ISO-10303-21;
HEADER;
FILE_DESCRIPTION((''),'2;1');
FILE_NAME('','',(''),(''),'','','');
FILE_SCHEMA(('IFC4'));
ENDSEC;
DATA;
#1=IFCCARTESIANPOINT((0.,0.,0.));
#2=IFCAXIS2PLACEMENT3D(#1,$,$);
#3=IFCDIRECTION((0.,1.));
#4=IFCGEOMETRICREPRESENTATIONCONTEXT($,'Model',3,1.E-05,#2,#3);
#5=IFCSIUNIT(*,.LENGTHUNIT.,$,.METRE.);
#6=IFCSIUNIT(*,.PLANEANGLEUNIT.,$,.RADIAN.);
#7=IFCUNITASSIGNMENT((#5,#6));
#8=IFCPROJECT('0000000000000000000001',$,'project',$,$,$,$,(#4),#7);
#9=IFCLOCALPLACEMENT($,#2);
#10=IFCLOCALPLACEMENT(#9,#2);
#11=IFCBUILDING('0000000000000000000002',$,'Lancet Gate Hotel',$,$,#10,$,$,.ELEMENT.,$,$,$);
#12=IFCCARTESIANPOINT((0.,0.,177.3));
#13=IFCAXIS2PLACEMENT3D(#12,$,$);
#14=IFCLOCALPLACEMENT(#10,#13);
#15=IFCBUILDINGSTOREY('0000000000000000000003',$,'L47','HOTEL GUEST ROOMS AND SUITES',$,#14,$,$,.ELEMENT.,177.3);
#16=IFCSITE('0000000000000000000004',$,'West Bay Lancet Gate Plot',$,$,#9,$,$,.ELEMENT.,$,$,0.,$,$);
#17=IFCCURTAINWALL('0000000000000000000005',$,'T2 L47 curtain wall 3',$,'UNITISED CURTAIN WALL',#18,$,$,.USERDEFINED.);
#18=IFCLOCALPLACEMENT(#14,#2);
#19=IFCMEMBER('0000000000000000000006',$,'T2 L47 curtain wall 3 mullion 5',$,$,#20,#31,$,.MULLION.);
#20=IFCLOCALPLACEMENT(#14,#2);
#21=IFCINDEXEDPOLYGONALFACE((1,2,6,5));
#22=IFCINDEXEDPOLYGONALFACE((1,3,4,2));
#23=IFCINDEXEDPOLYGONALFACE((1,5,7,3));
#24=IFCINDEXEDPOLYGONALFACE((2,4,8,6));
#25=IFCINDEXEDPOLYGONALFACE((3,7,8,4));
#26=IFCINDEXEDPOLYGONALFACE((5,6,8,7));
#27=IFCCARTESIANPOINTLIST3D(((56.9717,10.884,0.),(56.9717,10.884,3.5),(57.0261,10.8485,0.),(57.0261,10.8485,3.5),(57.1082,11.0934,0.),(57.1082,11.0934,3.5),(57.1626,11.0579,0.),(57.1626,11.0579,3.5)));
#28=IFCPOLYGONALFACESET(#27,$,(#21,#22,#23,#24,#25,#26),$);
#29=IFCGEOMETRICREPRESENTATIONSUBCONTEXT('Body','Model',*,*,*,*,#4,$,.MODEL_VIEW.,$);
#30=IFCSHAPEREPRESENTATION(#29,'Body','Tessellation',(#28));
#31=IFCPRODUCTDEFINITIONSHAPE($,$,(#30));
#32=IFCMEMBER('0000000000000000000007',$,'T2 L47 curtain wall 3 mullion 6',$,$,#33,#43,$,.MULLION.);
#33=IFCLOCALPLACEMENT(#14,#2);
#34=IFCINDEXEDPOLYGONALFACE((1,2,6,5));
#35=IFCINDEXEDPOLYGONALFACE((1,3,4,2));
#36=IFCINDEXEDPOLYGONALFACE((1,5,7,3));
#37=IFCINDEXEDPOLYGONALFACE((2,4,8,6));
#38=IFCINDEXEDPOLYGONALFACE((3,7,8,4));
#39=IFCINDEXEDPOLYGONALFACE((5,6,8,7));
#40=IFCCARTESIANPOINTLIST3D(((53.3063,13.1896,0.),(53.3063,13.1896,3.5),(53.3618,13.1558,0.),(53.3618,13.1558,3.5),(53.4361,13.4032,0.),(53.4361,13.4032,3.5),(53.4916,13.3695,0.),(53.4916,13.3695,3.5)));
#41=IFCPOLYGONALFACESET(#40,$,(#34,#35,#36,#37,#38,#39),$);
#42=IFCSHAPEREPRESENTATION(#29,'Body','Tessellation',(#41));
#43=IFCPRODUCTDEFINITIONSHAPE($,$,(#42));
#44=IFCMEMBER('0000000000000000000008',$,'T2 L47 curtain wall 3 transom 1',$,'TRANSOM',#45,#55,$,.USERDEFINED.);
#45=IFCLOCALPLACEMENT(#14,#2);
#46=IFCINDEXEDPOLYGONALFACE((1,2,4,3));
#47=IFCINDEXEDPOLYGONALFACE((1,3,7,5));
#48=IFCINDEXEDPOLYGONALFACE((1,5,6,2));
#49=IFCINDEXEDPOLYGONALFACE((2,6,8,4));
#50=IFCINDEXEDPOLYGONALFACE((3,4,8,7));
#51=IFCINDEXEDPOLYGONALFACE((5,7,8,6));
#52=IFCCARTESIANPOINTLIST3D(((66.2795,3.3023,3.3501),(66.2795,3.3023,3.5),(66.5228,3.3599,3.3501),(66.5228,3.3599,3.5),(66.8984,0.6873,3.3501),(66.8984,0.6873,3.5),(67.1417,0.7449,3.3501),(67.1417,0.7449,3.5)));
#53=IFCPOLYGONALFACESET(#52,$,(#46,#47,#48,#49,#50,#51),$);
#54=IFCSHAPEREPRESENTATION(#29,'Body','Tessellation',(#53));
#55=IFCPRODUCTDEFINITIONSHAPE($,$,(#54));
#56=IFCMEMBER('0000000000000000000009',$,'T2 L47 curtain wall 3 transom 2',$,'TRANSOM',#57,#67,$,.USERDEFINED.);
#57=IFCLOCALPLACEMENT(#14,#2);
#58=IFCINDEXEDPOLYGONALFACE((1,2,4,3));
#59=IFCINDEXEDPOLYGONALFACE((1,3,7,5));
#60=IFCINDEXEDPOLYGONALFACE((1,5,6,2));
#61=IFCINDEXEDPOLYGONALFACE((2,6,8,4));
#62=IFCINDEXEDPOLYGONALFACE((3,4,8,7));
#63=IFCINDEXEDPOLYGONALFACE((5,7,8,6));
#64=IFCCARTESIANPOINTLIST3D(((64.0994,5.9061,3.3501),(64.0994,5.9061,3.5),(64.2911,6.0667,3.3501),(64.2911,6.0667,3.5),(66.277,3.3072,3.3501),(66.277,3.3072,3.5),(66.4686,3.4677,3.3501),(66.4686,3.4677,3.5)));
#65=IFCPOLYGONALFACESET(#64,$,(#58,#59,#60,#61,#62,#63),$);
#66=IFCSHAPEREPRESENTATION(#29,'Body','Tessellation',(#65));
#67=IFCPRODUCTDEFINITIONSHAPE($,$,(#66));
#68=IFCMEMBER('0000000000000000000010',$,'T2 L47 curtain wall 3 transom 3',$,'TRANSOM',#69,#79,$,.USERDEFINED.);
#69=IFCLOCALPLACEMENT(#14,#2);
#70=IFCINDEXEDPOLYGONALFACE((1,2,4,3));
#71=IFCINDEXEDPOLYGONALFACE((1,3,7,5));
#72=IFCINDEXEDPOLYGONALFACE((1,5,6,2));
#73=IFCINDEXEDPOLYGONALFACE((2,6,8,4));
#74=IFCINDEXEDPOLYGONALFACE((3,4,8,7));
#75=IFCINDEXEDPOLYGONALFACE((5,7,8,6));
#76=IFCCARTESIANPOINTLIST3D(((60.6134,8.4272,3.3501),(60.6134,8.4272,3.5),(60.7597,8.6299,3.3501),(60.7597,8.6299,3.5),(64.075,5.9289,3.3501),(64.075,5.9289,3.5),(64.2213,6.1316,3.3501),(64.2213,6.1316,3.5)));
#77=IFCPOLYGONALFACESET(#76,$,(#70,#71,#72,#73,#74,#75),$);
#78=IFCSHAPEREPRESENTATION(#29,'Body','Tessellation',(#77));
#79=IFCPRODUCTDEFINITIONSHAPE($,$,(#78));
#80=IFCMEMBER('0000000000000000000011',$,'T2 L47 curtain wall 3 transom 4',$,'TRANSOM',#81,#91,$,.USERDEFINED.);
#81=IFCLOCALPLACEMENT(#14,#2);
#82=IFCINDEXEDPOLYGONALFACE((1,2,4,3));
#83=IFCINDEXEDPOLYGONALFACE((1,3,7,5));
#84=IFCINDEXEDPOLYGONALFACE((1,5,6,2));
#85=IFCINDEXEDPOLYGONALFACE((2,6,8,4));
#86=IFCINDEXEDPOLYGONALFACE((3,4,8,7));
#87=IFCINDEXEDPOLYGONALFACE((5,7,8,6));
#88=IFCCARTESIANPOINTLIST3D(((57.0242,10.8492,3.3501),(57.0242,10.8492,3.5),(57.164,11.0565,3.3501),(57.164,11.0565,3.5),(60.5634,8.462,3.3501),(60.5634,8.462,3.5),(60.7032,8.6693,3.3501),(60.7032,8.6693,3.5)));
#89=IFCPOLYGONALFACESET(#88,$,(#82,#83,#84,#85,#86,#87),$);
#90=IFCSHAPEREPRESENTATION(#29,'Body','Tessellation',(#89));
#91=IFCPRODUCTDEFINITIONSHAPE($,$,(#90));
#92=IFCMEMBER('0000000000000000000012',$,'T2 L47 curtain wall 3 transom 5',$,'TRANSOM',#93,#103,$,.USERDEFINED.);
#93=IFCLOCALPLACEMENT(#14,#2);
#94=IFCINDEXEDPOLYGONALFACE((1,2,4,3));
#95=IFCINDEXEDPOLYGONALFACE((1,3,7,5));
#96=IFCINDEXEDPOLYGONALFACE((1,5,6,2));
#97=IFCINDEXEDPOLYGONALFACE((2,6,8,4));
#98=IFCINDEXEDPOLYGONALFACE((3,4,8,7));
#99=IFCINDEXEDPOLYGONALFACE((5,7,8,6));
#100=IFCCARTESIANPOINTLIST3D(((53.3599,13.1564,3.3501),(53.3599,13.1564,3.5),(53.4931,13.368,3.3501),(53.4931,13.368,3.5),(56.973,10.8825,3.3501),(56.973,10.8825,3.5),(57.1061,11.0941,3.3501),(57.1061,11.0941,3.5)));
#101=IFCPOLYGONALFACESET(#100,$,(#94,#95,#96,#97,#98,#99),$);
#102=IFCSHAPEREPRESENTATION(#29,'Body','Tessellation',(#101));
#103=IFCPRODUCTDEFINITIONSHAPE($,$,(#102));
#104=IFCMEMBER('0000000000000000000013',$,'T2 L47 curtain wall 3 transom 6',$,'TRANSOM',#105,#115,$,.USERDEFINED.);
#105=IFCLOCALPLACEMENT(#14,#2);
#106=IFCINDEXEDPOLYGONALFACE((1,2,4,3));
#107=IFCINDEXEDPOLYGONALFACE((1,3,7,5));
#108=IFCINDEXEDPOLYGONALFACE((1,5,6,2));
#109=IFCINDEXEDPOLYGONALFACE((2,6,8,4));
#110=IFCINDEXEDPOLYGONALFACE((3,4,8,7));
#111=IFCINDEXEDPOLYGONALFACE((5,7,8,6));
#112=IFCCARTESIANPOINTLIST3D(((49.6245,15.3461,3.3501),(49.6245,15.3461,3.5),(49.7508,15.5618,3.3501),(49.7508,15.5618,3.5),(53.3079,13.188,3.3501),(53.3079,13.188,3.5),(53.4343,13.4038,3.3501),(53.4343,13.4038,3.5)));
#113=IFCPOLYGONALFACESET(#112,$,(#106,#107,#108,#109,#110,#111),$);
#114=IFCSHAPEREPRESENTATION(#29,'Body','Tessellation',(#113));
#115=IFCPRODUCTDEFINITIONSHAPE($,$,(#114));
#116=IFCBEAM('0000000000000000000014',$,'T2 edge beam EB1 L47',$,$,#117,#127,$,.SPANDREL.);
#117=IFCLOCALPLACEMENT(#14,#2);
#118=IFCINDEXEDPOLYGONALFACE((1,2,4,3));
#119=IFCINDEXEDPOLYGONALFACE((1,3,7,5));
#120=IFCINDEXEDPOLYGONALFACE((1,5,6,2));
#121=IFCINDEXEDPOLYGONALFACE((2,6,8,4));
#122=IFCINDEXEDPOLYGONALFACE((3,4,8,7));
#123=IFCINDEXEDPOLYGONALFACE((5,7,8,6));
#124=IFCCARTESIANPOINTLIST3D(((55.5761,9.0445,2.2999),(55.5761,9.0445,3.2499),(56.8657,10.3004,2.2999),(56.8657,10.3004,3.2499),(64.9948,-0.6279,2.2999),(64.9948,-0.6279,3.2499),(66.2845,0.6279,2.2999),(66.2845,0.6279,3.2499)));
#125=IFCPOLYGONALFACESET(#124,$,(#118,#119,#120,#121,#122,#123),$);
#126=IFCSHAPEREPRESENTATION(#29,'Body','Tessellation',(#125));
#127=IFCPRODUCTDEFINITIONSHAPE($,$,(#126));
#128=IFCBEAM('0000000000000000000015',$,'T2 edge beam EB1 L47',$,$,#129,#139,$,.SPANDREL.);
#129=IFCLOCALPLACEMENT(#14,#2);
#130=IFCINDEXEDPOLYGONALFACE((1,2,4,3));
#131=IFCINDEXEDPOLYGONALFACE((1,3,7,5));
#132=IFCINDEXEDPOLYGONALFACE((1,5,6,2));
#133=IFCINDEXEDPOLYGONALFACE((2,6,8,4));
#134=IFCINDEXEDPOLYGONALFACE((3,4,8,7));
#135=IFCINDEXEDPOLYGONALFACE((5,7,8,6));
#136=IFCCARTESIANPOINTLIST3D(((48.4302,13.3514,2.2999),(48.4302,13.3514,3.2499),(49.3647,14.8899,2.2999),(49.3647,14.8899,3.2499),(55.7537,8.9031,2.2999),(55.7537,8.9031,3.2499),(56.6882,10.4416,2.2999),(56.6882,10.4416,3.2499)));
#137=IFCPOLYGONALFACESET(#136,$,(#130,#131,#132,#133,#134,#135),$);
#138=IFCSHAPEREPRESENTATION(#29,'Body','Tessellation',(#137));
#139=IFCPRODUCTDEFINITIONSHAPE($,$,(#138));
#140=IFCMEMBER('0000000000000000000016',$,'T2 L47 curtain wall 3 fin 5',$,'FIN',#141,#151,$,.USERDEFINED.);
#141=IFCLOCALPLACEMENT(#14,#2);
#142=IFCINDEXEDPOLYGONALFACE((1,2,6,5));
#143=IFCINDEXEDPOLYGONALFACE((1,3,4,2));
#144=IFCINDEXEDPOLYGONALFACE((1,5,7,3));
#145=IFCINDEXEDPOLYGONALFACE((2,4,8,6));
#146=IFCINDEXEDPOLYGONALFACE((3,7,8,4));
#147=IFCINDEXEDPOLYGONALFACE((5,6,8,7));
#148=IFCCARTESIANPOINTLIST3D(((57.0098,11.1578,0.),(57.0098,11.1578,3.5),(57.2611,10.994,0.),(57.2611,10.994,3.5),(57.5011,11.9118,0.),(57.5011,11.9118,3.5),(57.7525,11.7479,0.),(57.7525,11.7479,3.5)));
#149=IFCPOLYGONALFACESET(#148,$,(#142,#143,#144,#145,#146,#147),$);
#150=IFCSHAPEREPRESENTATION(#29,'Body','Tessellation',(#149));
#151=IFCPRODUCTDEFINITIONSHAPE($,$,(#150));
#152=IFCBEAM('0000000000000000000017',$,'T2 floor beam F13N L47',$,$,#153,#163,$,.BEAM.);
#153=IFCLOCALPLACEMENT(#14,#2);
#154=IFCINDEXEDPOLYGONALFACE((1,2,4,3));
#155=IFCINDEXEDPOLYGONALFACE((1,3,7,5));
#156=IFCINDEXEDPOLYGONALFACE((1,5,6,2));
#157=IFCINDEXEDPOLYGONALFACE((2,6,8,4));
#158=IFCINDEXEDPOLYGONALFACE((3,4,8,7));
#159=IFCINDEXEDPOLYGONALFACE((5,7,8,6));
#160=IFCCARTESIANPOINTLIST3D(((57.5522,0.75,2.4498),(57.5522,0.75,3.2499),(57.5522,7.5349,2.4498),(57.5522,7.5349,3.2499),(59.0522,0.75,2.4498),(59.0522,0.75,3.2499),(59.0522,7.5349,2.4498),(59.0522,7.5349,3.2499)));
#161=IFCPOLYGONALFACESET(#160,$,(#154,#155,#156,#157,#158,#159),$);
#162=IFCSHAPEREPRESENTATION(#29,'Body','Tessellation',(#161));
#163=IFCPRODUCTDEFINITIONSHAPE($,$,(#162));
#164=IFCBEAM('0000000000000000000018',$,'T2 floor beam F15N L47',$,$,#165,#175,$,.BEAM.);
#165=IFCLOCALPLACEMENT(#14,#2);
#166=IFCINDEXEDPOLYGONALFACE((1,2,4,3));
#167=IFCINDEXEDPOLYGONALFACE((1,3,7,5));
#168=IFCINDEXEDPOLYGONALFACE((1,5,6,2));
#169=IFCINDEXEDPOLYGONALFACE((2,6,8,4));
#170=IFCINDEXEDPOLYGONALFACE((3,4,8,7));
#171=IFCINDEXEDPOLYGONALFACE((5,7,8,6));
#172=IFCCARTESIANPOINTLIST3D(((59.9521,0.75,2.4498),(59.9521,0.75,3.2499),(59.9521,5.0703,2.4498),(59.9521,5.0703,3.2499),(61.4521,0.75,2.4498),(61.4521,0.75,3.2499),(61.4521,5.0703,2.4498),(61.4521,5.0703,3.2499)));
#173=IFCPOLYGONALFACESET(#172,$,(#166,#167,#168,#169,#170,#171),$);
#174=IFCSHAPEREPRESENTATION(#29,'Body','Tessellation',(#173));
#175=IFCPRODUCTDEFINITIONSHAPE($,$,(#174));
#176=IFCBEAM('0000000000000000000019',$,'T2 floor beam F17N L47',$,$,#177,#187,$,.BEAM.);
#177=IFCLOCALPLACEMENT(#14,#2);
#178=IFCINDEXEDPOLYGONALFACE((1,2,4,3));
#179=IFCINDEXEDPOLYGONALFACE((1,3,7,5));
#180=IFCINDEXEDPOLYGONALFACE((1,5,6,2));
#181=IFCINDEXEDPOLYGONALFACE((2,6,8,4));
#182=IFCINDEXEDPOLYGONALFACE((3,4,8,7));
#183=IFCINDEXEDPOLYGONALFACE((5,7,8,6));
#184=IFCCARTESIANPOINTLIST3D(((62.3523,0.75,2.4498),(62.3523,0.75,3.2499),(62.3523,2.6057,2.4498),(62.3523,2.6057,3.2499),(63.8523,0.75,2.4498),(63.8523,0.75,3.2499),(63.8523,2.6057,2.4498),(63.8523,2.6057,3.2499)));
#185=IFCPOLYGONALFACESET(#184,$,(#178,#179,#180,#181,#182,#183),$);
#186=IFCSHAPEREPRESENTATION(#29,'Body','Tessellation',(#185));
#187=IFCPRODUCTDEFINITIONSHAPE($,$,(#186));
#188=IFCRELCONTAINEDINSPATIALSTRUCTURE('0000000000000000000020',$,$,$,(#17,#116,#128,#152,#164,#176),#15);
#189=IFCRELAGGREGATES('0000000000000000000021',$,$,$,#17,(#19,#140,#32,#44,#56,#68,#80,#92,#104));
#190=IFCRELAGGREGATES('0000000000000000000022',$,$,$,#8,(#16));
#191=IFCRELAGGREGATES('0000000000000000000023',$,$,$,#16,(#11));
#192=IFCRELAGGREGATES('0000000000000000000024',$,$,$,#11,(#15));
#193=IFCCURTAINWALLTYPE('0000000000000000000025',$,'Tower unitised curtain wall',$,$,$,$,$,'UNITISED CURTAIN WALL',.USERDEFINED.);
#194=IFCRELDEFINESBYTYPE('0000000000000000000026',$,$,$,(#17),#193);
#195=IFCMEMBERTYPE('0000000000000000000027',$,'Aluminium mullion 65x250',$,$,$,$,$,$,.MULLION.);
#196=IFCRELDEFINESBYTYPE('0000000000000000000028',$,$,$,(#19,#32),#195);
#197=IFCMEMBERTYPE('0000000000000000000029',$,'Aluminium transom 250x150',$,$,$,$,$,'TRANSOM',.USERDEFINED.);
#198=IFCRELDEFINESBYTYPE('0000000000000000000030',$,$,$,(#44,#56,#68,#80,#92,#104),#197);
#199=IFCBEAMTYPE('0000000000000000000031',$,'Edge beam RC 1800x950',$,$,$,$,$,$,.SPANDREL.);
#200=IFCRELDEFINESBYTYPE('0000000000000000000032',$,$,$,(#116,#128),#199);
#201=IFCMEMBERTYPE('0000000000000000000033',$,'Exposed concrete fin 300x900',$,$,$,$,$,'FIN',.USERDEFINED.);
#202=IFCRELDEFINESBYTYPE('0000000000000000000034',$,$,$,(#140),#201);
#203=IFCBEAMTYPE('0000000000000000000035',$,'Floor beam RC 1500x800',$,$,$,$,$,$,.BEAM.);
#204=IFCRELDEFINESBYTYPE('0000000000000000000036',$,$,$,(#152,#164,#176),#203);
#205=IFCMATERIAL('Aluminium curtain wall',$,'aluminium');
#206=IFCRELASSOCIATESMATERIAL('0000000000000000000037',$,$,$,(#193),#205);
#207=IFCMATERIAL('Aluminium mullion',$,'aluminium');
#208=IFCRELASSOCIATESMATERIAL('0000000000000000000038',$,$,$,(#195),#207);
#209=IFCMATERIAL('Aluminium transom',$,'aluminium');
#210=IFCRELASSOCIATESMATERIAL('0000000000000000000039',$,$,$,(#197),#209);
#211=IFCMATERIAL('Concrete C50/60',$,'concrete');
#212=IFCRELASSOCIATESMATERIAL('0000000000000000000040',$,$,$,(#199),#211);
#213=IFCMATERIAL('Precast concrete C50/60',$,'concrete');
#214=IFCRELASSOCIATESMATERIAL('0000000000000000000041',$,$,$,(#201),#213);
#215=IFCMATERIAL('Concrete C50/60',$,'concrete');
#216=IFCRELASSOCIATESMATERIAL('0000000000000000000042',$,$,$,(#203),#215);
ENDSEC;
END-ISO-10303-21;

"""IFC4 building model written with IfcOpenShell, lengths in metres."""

from ifc_helpers import new_model, si_unit, direction, frame, origin, origin_2d, place, context, subcontext, project, spatial, rectangle, extrude, material, material_profile, profile_set, type_object, element, aggregate, save


model = new_model("IFC4")

# Units and contexts
model_context = context("Model", 3, precision=1e-05, world=origin(), true_north=direction((0.0, 1.0)))
body_context = subcontext(model_context, "Body", "Model", "MODEL_VIEW")
ifc_project = project(units=[si_unit("LENGTHUNIT", "METRE"), si_unit("PLANEANGLEUNIT", "RADIAN")], contexts=[model_context])

# Site, building, storey
site_placement = place(None, origin())
site = spatial("IfcSite", under=ifc_project, at=site_placement, Name="West Bay Lancet Gate Plot", CompositionType="ELEMENT", RefElevation=0.0)
building_placement = place(site_placement, origin())
building = spatial("IfcBuilding", under=site, at=building_placement, Name="Lancet Gate Hotel", CompositionType="ELEMENT")
storey_placement = place(building_placement, frame((0.0, 0.0, 177.3)))
storey = spatial("IfcBuildingStorey", under=building, at=storey_placement, Name="L47", Description="HOTEL GUEST ROOMS AND SUITES", CompositionType="ELEMENT", Elevation=177.3)

# Curtain wall, members
ifc_material_1 = material(Name="Aluminium curtain wall", Category="aluminium")
curtain_wall_type = type_object("IfcCurtainWallType", Name="Tower unitised curtain wall", ElementType="UNITISED CURTAIN WALL", PredefinedType="USERDEFINED", material=ifc_material_1)
curtain_wall_placement = place(storey_placement, origin())
curtain_wall = element("IfcCurtainWall", 1, at=curtain_wall_placement, inside=storey, type_object=curtain_wall_type, Name="T2 L47 curtain wall 3", ObjectType="UNITISED CURTAIN WALL", PredefinedType="USERDEFINED")
ifc_material_2 = material(Name="Aluminium mullion", Category="aluminium")
ifc_material_profile_1 = material_profile(ifc_material_2, rectangle(XDim=0.0649, YDim=0.25, at=origin_2d()), Name="MULLION 65x250")
ifc_profile_set_1 = profile_set([ifc_material_profile_1], Name="Aluminium mullion")
member_type_1 = type_object("IfcMemberType", Name="Aluminium mullion 65x250", PredefinedType="MULLION", material=ifc_profile_set_1)
member_1_placement = place(storey_placement, frame((57.0671, 10.9709, 0.0), z_axis=(0.0, 0.0, 1.0), x_axis=(-0.837801, 0.545976, 0.0)))
member_1 = element("IfcMember", 2, at=member_1_placement, type_object=member_type_1, Name="T2 L47 curtain wall 3 mullion 5", PredefinedType="MULLION", context=body_context, shape_type="SweptSolid", body=[
    extrude(rectangle(XDim=0.0649, YDim=0.25, at=origin_2d()), origin(), (0.0, 0.0, 1.0), 3.5),
])
member_2_placement = place(storey_placement, frame((53.3989, 13.2795, 0.0), z_axis=(0.0, 0.0, 1.0), x_axis=(-0.854691, 0.519137, 0.0)))
member_2 = element("IfcMember", 3, at=member_2_placement, type_object=member_type_1, Name="T2 L47 curtain wall 3 mullion 6", PredefinedType="MULLION", context=body_context, shape_type="SweptSolid", body=[
    extrude(rectangle(XDim=0.0649, YDim=0.25, at=origin_2d()), origin(), (0.0, 0.0, 1.0), 3.5),
])
ifc_material_3 = material(Name="Aluminium transom", Category="aluminium")
ifc_material_profile_2 = material_profile(ifc_material_3, rectangle(XDim=0.25, YDim=0.1499, at=origin_2d()), Name="TRANSOM 250x150")
ifc_profile_set_2 = profile_set([ifc_material_profile_2], Name="Aluminium transom")
member_type_2 = type_object("IfcMemberType", Name="Aluminium transom 250x150", ElementType="TRANSOM", PredefinedType="USERDEFINED", material=ifc_profile_set_2)
member_3_placement = place(storey_placement, frame((67.02, 0.7161, 3.425), z_axis=(-0.23031, 0.973117, 0.0), x_axis=(-0.973117, -0.23031, 0.0)))
member_3 = element("IfcMember", 4, at=member_3_placement, type_object=member_type_2, Name="T2 L47 curtain wall 3 transom 1", ObjectType="TRANSOM", PredefinedType="USERDEFINED", context=body_context, shape_type="SweptSolid", body=[
    extrude(rectangle(XDim=0.25, YDim=0.1499, at=origin_2d()), origin(), (0.0, 0.0, 1.0), 2.6873),
])
member_4_placement = place(storey_placement, frame((66.3728, 3.3875, 3.425), z_axis=(-0.642229, 0.766513, 0.0), x_axis=(-0.766513, -0.642229, 0.0)))
member_4 = element("IfcMember", 5, at=member_4_placement, type_object=member_type_2, Name="T2 L47 curtain wall 3 transom 2", ObjectType="TRANSOM", PredefinedType="USERDEFINED", context=body_context, shape_type="SweptSolid", body=[
    extrude(rectangle(XDim=0.25, YDim=0.1499, at=origin_2d()), origin(), (0.0, 0.0, 1.0), 3.3906),
])
member_5_placement = place(storey_placement, frame((64.1482, 6.0303, 3.425), z_axis=(-0.81088, 0.585213, 0.0), x_axis=(-0.585213, -0.81088, 0.0)))
member_5 = element("IfcMember", 6, at=member_5_placement, type_object=member_type_2, Name="T2 L47 curtain wall 3 transom 3", ObjectType="TRANSOM", PredefinedType="USERDEFINED", context=body_context, shape_type="SweptSolid", body=[
    extrude(rectangle(XDim=0.25, YDim=0.1499, at=origin_2d()), origin(), (0.0, 0.0, 1.0), 4.269),
])
member_6_placement = place(storey_placement, frame((60.6333, 8.5657, 3.425), z_axis=(-0.829047, 0.559179, 0.0), x_axis=(-0.559179, -0.829047, 0.0)))
member_6 = element("IfcMember", 7, at=member_6_placement, type_object=member_type_2, Name="T2 L47 curtain wall 3 transom 4", ObjectType="TRANSOM", PredefinedType="USERDEFINED", context=body_context, shape_type="SweptSolid", body=[
    extrude(rectangle(XDim=0.25, YDim=0.1499, at=origin_2d()), origin(), (0.0, 0.0, 1.0), 4.269),
])
member_7_placement = place(storey_placement, frame((57.0396, 10.9883, 3.425), z_axis=(-0.846333, 0.532654, 0.0), x_axis=(-0.532654, -0.846333, 0.0)))
member_7 = element("IfcMember", 8, at=member_7_placement, type_object=member_type_2, Name="T2 L47 curtain wall 3 transom 5", ObjectType="TRANSOM", PredefinedType="USERDEFINED", context=body_context, shape_type="SweptSolid", body=[
    extrude(rectangle(XDim=0.25, YDim=0.1499, at=origin_2d()), origin(), (0.0, 0.0, 1.0), 4.269),
])
member_8_placement = place(storey_placement, frame((53.3711, 13.2959, 3.425), z_axis=(-0.862825, 0.505502, 0.0), x_axis=(-0.505502, -0.862825, 0.0)))
member_8 = element("IfcMember", 9, at=member_8_placement, type_object=member_type_2, Name="T2 L47 curtain wall 3 transom 6", ObjectType="TRANSOM", PredefinedType="USERDEFINED", context=body_context, shape_type="SweptSolid", body=[
    extrude(rectangle(XDim=0.25, YDim=0.1499, at=origin_2d()), origin(), (0.0, 0.0, 1.0), 4.269),
])

# Beams
ifc_material_4 = material(Name="Concrete C50/60", Category="concrete")
ifc_material_profile_3 = material_profile(ifc_material_4, rectangle(XDim=1.8, YDim=0.95, at=origin_2d()), Name="RC 1800x950")
ifc_profile_set_3 = profile_set([ifc_material_profile_3], Name="Concrete C50/60")
beam_type_1 = type_object("IfcBeamType", Name="Edge beam RC 1800x950", PredefinedType="SPANDREL", material=ifc_profile_set_3)
beam_1_placement = place(storey_placement, frame((65.6396, 0.0, 2.7749), z_axis=(-0.69765, 0.716439, 0.0), x_axis=(-0.716439, -0.69765, 0.0)))
element("IfcBeam", 10, at=beam_1_placement, inside=storey, type_object=beam_type_1, Name="T2 edge beam EB1 L47", PredefinedType="SPANDREL", context=body_context, shape_type="SweptSolid", body=[
    extrude(rectangle(XDim=1.8, YDim=0.95, at=origin_2d()), origin(), (0.0, 0.0, 1.0), 13.5007),
])
beam_2_placement = place(storey_placement, frame((56.2209, 9.6724, 2.7749), z_axis=(-0.854692, 0.519135, 0.0), x_axis=(-0.519135, -0.854692, 0.0)))
element("IfcBeam", 11, at=beam_2_placement, inside=storey, type_object=beam_type_1, Name="T2 edge beam EB1 L47", PredefinedType="SPANDREL", context=body_context, shape_type="SweptSolid", body=[
    extrude(rectangle(XDim=1.8, YDim=0.95, at=origin_2d()), origin(), (0.0, 0.0, 1.0), 8.5686),
])

# Member
ifc_material_5 = material(Name="Precast concrete C50/60", Category="concrete")
ifc_material_profile_4 = material_profile(ifc_material_5, rectangle(XDim=0.3, YDim=0.8999, at=origin_2d()), Name="FIN 300x900")
ifc_profile_set_4 = profile_set([ifc_material_profile_4], Name="Precast concrete C50/60")
member_type_3 = type_object("IfcMemberType", Name="Exposed concrete fin 300x900", ElementType="FIN", PredefinedType="USERDEFINED", material=ifc_profile_set_4)
member_9_placement = place(storey_placement, frame((57.3811, 11.4529, 0.0), z_axis=(0.0, 0.0, 1.0), x_axis=(-0.837801, 0.545976, 0.0)))
member_9 = element("IfcMember", 12, at=member_9_placement, type_object=member_type_3, Name="T2 L47 curtain wall 3 fin 5", ObjectType="FIN", PredefinedType="USERDEFINED", context=body_context, shape_type="SweptSolid", body=[
    extrude(rectangle(XDim=0.3, YDim=0.8999, at=origin_2d()), origin(), (0.0, 0.0, 1.0), 3.5),
])

# Beams
ifc_material_6 = material(Name="Concrete C50/60", Category="concrete")
ifc_material_profile_5 = material_profile(ifc_material_6, rectangle(XDim=1.5, YDim=0.8, at=origin_2d()), Name="RC 1500x800")
ifc_profile_set_5 = profile_set([ifc_material_profile_5], Name="Concrete C50/60")
beam_type_2 = type_object("IfcBeamType", Name="Floor beam RC 1500x800", PredefinedType="BEAM", material=ifc_profile_set_5)
beam_3_placement = place(storey_placement, frame((58.3022, 0.75, 2.8499), z_axis=(0.0, 1.0, 0.0), x_axis=(-1.0, 0.0, 0.0)))
element("IfcBeam", 13, at=beam_3_placement, inside=storey, type_object=beam_type_2, Name="T2 floor beam F13N L47", PredefinedType="BEAM", context=body_context, shape_type="SweptSolid", body=[
    extrude(rectangle(XDim=1.5, YDim=0.8, at=origin_2d()), origin(), (0.0, 0.0, 1.0), 6.7849),
])
beam_4_placement = place(storey_placement, frame((60.7021, 0.75, 2.8499), z_axis=(0.0, 1.0, 0.0), x_axis=(-1.0, 0.0, 0.0)))
element("IfcBeam", 14, at=beam_4_placement, inside=storey, type_object=beam_type_2, Name="T2 floor beam F15N L47", PredefinedType="BEAM", context=body_context, shape_type="SweptSolid", body=[
    extrude(rectangle(XDim=1.5, YDim=0.8, at=origin_2d()), origin(), (0.0, 0.0, 1.0), 4.3203),
])
beam_5_placement = place(storey_placement, frame((63.1023, 0.75, 2.8499), z_axis=(0.0, 1.0, 0.0), x_axis=(-1.0, 0.0, 0.0)))
element("IfcBeam", 15, at=beam_5_placement, inside=storey, type_object=beam_type_2, Name="T2 floor beam F17N L47", PredefinedType="BEAM", context=body_context, shape_type="SweptSolid", body=[
    extrude(rectangle(XDim=1.5, YDim=0.8, at=origin_2d()), origin(), (0.0, 0.0, 1.0), 1.8557),
])

aggregate(curtain_wall, [member_1, member_9, member_2, member_3, member_4, member_5, member_6, member_7, member_8])

save(model, "model.ifc")
